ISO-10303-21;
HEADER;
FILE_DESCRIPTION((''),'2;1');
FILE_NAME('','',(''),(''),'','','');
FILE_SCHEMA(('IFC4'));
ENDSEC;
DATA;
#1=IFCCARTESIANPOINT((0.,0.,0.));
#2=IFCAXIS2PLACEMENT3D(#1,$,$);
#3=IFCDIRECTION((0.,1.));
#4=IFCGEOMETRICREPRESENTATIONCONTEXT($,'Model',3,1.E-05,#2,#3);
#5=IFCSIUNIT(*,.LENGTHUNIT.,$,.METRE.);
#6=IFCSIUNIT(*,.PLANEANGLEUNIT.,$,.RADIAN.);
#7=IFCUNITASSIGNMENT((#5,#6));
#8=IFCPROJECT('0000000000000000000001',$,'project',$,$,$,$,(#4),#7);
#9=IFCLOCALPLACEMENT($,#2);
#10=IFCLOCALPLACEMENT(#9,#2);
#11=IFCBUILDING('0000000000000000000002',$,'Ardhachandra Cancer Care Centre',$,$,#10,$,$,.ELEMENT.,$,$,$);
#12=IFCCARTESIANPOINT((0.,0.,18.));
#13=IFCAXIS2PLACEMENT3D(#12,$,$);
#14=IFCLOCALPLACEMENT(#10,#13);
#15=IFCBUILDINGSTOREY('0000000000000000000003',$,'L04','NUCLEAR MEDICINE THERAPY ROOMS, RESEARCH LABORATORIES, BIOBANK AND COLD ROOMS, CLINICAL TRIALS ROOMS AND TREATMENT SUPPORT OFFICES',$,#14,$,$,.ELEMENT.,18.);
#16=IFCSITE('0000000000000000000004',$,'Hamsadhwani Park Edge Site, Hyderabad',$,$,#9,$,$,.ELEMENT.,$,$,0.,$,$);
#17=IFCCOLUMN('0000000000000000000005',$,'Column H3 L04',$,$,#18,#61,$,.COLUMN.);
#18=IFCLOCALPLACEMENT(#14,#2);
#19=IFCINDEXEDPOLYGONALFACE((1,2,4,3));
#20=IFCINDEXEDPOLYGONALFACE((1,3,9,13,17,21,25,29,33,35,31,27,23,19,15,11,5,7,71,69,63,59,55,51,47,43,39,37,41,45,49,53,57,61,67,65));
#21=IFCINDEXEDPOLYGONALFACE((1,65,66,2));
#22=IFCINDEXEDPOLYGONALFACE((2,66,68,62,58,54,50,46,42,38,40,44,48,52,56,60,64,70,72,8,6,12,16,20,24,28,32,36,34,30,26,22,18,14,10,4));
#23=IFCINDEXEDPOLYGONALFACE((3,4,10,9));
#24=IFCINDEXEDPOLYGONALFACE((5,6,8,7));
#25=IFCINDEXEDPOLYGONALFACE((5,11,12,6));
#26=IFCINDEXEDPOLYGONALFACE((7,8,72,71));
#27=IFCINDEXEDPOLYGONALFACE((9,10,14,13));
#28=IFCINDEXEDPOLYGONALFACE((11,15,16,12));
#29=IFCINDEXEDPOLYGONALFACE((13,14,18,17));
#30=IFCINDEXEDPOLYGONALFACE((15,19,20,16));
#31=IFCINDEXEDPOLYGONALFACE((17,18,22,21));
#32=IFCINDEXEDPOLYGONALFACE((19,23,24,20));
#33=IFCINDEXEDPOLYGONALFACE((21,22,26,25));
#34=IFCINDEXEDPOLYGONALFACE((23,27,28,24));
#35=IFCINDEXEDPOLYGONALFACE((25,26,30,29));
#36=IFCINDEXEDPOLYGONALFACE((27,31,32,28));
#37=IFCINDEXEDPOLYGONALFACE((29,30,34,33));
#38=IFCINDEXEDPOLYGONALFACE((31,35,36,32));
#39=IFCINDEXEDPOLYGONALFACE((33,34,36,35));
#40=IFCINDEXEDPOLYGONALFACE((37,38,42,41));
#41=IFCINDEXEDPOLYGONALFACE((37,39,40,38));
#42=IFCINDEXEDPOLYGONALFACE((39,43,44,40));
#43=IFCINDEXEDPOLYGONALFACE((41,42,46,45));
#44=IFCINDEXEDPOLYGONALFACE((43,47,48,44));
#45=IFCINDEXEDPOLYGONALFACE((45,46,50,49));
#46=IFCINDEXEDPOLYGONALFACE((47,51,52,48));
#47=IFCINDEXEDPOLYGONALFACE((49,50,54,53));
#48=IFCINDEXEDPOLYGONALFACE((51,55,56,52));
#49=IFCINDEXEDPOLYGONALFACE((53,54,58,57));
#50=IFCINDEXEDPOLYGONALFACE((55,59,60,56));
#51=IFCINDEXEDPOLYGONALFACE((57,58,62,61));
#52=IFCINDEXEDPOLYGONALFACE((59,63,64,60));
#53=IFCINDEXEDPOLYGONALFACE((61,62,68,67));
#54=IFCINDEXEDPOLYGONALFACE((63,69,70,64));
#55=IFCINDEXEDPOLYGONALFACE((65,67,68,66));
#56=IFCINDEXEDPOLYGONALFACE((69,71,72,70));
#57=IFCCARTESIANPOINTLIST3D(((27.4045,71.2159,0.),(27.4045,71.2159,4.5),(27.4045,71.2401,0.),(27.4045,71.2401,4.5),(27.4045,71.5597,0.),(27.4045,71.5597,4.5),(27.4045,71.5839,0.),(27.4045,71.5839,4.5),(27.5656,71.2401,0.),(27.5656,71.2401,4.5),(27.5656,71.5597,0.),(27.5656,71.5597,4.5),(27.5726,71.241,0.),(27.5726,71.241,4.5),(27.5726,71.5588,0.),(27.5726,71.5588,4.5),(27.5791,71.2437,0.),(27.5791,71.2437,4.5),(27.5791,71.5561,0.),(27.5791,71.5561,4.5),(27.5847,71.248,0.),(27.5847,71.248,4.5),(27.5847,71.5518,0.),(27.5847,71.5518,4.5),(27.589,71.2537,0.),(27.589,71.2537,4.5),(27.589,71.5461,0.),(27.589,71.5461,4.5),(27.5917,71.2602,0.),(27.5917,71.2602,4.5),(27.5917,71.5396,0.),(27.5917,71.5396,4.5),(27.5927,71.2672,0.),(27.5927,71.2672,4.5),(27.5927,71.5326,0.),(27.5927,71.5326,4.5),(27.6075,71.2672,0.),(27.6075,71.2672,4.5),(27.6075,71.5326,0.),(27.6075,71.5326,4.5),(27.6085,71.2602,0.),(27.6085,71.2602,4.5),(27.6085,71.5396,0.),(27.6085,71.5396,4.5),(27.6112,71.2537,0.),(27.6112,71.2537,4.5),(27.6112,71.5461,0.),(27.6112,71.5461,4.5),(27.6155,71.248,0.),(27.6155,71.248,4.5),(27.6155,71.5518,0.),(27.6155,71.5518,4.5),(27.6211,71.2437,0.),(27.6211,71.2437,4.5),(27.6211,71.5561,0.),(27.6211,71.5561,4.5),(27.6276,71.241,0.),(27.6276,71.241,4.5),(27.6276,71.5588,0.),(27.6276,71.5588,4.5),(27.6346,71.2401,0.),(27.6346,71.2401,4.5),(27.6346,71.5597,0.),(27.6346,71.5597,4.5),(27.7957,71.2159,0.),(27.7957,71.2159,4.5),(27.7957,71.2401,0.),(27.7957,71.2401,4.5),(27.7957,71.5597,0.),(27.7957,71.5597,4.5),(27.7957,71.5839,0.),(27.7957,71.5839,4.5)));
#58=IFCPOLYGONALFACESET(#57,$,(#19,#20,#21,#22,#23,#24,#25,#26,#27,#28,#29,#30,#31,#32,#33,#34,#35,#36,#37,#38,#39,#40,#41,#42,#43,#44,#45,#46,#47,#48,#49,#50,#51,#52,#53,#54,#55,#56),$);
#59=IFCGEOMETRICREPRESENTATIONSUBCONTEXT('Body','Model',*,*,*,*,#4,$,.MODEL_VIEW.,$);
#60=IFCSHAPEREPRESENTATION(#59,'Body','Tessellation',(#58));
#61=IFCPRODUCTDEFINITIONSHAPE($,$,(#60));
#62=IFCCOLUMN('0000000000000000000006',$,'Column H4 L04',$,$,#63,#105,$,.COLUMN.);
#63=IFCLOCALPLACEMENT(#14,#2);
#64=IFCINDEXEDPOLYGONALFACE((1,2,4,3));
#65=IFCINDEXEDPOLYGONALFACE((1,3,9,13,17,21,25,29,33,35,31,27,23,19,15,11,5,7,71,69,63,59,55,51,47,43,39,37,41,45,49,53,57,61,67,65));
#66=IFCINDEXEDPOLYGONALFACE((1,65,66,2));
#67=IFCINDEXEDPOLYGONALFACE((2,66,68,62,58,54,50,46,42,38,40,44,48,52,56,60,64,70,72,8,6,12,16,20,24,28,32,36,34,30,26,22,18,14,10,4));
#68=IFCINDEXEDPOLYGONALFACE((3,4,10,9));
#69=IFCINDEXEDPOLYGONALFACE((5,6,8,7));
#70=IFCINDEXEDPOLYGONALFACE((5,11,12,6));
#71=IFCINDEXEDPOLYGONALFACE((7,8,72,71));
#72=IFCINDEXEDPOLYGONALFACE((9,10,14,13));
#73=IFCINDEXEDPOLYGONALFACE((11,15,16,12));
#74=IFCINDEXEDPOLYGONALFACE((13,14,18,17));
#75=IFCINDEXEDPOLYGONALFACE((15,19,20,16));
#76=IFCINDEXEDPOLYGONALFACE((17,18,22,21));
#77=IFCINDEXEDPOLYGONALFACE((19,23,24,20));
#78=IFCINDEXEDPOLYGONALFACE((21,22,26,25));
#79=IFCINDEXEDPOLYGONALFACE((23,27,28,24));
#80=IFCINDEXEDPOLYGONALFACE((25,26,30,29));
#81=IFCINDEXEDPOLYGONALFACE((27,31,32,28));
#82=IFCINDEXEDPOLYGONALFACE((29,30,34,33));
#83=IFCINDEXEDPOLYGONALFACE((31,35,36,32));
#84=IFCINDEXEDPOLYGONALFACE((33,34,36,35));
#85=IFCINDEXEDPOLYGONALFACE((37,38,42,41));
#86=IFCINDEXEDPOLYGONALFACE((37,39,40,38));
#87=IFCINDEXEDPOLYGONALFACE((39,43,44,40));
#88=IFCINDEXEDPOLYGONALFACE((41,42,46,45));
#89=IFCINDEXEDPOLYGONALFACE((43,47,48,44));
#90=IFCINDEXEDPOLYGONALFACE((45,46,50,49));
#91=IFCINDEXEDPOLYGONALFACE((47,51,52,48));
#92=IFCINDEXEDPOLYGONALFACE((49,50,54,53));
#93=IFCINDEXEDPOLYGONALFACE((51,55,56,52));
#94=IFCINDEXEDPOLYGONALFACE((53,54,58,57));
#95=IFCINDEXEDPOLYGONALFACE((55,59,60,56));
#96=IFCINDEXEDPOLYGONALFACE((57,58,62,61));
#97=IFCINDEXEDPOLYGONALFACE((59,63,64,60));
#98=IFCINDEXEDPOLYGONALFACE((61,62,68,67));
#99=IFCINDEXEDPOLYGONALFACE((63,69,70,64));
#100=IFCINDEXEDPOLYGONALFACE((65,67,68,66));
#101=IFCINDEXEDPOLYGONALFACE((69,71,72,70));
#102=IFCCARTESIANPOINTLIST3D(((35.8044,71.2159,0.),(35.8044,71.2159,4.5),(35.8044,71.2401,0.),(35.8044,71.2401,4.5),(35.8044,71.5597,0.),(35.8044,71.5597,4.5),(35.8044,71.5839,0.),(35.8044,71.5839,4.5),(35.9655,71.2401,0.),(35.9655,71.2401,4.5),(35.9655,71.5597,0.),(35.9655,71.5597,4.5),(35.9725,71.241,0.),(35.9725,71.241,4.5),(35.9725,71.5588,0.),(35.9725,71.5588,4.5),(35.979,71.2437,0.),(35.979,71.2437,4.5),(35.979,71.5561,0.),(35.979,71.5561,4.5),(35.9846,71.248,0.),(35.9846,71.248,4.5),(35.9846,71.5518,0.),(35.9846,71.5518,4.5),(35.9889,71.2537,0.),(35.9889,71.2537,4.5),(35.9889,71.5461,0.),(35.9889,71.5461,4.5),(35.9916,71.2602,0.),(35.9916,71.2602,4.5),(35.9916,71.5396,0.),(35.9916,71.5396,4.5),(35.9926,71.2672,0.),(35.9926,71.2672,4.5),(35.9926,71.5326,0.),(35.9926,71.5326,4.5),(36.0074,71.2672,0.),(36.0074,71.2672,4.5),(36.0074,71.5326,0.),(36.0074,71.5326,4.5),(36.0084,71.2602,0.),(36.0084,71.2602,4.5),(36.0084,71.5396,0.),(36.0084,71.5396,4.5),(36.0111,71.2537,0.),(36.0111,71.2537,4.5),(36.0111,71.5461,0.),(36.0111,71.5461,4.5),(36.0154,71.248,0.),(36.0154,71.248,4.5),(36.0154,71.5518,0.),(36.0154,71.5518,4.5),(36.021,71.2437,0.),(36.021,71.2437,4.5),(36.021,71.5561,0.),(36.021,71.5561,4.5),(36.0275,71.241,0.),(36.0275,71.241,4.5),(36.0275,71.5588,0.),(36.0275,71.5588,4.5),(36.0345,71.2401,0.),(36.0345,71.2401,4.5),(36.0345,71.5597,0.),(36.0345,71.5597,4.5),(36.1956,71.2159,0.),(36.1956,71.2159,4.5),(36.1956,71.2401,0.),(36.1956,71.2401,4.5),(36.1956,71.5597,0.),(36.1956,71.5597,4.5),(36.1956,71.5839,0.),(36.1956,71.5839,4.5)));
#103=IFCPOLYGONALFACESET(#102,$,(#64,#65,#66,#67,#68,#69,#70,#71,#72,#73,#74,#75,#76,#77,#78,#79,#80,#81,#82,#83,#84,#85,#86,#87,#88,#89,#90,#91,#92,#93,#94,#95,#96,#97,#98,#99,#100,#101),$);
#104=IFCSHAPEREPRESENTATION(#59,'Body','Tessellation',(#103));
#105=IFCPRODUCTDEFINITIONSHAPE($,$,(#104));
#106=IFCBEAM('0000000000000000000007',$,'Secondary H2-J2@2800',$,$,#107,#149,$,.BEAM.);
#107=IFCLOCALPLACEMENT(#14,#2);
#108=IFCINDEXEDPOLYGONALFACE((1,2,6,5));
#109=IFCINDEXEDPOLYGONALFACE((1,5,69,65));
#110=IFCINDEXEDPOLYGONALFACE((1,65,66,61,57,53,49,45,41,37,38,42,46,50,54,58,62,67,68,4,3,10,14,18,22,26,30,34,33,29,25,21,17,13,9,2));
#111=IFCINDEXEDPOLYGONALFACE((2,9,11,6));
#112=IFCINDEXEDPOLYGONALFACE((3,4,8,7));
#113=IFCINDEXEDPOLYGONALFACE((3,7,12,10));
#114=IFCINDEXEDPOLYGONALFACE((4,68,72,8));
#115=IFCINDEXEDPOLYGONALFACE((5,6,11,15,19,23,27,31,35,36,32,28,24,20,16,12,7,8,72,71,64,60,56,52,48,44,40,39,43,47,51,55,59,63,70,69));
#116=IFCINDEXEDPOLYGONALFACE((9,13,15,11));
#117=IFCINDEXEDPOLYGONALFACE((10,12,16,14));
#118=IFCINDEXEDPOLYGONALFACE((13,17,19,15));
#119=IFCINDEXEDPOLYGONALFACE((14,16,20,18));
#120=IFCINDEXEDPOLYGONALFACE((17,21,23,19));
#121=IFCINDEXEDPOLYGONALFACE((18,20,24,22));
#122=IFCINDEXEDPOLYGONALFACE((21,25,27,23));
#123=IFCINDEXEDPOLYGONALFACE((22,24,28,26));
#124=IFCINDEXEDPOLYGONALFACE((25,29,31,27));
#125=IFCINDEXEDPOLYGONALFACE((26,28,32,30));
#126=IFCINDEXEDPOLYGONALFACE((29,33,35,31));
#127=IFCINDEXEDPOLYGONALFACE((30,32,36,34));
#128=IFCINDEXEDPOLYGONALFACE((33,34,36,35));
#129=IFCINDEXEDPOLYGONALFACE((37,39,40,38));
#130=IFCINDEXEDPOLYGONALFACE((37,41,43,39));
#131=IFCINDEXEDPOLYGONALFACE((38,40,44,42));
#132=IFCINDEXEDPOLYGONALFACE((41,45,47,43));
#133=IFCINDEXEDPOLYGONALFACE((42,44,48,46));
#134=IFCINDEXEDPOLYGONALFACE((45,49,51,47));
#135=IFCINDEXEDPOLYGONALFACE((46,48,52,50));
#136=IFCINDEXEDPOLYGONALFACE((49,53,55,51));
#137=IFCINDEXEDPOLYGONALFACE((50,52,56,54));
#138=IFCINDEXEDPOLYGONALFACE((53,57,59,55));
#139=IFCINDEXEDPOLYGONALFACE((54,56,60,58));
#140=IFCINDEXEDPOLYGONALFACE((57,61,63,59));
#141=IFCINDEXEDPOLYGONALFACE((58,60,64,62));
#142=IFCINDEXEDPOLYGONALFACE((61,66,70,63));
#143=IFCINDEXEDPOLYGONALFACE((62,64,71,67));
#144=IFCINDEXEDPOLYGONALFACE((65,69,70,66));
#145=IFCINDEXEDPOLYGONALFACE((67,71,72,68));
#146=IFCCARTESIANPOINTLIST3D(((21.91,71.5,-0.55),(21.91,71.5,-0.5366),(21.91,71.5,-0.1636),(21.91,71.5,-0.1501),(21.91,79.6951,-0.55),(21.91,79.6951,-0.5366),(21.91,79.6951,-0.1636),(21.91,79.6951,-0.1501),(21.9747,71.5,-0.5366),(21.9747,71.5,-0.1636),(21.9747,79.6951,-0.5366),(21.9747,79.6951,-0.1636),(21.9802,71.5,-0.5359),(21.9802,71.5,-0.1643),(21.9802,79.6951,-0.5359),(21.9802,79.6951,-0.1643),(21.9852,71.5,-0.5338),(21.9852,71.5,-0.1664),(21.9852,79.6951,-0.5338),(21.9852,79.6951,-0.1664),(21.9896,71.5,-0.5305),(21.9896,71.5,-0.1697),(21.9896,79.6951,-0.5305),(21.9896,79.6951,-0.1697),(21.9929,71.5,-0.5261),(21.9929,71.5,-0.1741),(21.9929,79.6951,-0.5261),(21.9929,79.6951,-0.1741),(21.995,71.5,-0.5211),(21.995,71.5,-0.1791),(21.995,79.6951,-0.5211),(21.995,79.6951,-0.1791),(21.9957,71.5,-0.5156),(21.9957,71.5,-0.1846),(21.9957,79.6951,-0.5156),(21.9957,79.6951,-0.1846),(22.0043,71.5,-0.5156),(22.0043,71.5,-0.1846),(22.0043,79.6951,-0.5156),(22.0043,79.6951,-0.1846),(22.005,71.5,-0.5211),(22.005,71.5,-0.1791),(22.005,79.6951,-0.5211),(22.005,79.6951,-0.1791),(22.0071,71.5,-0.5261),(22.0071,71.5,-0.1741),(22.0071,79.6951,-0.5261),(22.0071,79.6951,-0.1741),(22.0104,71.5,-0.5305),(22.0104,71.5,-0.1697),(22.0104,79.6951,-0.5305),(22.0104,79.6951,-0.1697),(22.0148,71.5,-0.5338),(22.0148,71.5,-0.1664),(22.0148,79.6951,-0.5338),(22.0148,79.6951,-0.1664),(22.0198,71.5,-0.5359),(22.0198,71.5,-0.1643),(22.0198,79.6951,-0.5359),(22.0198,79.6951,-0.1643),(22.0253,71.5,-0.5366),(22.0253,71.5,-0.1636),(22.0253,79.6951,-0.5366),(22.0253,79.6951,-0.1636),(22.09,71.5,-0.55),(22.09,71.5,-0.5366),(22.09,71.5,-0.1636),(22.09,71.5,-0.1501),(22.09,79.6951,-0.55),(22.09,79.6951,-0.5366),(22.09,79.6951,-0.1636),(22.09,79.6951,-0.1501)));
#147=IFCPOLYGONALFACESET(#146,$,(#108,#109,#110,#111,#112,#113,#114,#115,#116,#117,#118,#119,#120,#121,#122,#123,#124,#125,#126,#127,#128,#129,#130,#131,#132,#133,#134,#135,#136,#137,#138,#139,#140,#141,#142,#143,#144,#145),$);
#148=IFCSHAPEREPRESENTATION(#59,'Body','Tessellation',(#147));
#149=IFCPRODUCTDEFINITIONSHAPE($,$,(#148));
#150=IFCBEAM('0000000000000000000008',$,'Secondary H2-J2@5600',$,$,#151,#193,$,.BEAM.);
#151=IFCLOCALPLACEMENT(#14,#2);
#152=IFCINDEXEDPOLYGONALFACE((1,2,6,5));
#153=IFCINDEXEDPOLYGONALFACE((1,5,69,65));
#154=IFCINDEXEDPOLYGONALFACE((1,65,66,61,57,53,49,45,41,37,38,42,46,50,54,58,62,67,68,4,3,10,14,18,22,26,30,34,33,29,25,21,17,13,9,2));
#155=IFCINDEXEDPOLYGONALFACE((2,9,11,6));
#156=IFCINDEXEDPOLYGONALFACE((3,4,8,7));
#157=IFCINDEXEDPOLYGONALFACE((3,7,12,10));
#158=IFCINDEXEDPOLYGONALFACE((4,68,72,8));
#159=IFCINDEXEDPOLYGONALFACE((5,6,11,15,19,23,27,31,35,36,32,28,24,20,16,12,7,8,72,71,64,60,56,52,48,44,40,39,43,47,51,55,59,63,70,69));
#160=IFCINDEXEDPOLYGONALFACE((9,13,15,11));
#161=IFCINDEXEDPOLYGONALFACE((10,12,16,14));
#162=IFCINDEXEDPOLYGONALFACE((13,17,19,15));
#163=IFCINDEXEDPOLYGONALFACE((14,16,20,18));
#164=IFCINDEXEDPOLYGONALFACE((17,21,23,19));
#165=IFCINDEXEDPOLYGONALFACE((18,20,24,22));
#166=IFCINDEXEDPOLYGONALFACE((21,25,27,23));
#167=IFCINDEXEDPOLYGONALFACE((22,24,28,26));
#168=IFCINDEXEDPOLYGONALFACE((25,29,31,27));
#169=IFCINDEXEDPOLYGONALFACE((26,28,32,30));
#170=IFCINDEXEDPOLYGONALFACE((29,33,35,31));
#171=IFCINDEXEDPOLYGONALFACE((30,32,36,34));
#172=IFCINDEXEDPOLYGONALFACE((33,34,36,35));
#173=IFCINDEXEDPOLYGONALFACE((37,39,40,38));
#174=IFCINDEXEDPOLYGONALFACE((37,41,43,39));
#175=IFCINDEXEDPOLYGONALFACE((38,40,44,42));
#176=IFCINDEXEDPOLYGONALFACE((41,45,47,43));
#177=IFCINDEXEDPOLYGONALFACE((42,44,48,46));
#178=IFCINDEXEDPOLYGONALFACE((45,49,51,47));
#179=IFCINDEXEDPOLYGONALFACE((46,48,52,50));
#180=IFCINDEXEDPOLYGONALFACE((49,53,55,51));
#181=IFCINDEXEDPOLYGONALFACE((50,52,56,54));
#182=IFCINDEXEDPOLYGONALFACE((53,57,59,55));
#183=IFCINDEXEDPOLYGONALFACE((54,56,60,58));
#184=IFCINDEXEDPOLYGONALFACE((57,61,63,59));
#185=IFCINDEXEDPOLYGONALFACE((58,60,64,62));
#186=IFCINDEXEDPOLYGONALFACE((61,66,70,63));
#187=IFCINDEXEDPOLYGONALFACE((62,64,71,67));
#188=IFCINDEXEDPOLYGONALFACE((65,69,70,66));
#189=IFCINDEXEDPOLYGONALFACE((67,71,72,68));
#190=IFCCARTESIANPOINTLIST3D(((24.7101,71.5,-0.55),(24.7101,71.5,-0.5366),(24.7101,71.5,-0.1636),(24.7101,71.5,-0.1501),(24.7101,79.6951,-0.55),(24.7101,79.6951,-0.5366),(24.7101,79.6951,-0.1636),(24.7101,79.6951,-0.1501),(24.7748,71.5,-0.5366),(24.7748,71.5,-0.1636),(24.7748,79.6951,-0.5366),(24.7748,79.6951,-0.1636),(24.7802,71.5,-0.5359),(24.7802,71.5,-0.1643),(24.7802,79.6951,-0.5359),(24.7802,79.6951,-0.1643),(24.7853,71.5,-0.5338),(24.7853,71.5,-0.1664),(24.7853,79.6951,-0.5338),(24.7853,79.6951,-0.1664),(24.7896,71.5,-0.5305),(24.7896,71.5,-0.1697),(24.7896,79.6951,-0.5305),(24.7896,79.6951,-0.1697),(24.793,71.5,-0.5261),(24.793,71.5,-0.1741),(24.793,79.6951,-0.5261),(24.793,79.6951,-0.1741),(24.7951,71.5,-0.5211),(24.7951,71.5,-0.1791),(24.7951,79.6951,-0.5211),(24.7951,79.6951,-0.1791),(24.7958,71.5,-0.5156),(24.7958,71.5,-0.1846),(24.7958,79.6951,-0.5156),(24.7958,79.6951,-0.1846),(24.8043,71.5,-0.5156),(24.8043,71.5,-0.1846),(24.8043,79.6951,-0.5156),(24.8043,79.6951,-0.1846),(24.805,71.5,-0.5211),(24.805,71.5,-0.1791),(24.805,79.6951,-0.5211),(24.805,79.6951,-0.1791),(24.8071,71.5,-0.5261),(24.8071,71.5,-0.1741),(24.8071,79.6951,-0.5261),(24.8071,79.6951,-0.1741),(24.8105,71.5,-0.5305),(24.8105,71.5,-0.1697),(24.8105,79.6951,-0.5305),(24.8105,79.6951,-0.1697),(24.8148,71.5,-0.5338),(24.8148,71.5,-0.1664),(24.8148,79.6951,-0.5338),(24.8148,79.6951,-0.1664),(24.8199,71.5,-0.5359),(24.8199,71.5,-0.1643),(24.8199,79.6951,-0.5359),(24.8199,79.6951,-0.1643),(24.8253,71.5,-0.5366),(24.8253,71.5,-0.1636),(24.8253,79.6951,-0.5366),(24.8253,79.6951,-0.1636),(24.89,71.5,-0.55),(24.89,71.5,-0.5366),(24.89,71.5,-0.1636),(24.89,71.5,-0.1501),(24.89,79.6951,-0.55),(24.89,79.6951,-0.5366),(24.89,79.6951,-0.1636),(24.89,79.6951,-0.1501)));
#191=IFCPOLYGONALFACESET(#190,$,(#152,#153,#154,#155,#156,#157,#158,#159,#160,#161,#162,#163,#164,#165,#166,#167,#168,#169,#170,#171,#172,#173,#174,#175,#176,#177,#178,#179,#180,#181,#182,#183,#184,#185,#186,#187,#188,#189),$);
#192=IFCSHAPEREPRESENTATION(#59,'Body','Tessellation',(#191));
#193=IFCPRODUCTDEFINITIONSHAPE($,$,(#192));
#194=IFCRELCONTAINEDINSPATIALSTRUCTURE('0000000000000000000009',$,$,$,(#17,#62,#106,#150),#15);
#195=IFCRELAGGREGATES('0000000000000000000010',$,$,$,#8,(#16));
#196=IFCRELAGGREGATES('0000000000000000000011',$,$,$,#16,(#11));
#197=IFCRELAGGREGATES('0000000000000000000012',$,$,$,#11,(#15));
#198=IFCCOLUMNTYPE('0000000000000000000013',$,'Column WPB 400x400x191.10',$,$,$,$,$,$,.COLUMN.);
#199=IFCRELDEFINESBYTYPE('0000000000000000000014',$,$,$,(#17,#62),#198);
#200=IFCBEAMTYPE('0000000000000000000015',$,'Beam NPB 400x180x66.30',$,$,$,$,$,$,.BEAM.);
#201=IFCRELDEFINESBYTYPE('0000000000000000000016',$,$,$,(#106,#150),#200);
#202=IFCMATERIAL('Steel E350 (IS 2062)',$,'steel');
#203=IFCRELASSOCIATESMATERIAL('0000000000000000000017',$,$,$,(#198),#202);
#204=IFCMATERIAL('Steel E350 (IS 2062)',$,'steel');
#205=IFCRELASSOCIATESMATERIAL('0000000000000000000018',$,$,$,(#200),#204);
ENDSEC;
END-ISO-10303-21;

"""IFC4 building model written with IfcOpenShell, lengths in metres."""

from ifc_helpers import new_model, si_unit, direction, frame, origin, origin_2d, place, context, subcontext, project, spatial, i_section, extrude, material, material_profile, profile_set, type_object, element, save


model = new_model("IFC4")

# Units and contexts
model_context = context("Model", 3, precision=1e-05, world=origin(), true_north=direction((0.0, 1.0)))
body_context = subcontext(model_context, "Body", "Model", "MODEL_VIEW")
ifc_project = project(units=[si_unit("LENGTHUNIT", "METRE"), si_unit("PLANEANGLEUNIT", "RADIAN")], contexts=[model_context])

# Site, building, storey
site_placement = place(None, origin())
site = spatial("IfcSite", under=ifc_project, at=site_placement, Name="Hamsadhwani Park Edge Site, Hyderabad", CompositionType="ELEMENT", RefElevation=0.0)
building_placement = place(site_placement, origin())
building = spatial("IfcBuilding", under=site, at=building_placement, Name="Ardhachandra Cancer Care Centre", CompositionType="ELEMENT")
storey_placement = place(building_placement, frame((0.0, 0.0, 18.0)))
storey = spatial("IfcBuildingStorey", under=building, at=storey_placement, Name="L04", Description="NUCLEAR MEDICINE THERAPY ROOMS, RESEARCH LABORATORIES, BIOBANK AND COLD ROOMS, CLINICAL TRIALS ROOMS AND TREATMENT SUPPORT OFFICES", CompositionType="ELEMENT", Elevation=18.0)

# Columns
ifc_material_1 = material(Name="Steel E350 (IS 2062)", Category="steel")
ifc_material_profile_1 = material_profile(ifc_material_1, i_section(OverallWidth=0.3911, OverallDepth=0.3679, WebThickness=0.0149, FlangeThickness=0.0242, FilletRadius=0.0271, at=origin_2d()), Name="WPB 400x400x191.10")
ifc_profile_set_1 = profile_set([ifc_material_profile_1], Name="Steel E350 (IS 2062)")
column_type = type_object("IfcColumnType", Name="Column WPB 400x400x191.10", PredefinedType="COLUMN", material=ifc_profile_set_1)
for number, where, z_axis, x_axis, name in (
    (1, (27.6001, 71.3999, 0.0), (0.0, 0.0, 1.0), (1.0, 0.0, 0.0), "Column H3 L04"),
    (2, (36.0, 71.3999, 0.0), (0.0, 0.0, 1.0), (1.0, 0.0, 0.0), "Column H4 L04"),
):
    element("IfcColumn", number, at=place(storey_placement, frame(where, z_axis=z_axis, x_axis=x_axis)), inside=storey, type_object=column_type, Name=name, PredefinedType="COLUMN", context=body_context, shape_type="SweptSolid", body=[
        extrude(i_section(OverallWidth=0.3911, OverallDepth=0.3679, WebThickness=0.0149, FlangeThickness=0.0242, FilletRadius=0.0271, at=origin_2d()), origin(), (0.0, 0.0, 1.0), 4.5),
    ])

# Beams
ifc_material_2 = material(Name="Steel E350 (IS 2062)", Category="steel")
ifc_material_profile_2 = material_profile(ifc_material_2, i_section(OverallWidth=0.1799, OverallDepth=0.3999, WebThickness=0.0085, FlangeThickness=0.0134, FilletRadius=0.021, at=origin_2d()), Name="NPB 400x180x66.30")
ifc_profile_set_2 = profile_set([ifc_material_profile_2], Name="Steel E350 (IS 2062)")
beam_type_1 = type_object("IfcBeamType", Name="Beam NPB 400x180x66.30", PredefinedType="BEAM", material=ifc_profile_set_2)
for number, where, z_axis, x_axis, name in (
    (3, (22.0, 71.5, -0.3501), (0.0, 1.0, 0.0), (-1.0, 0.0, 0.0), "Secondary H2-J2@2800"),
    (4, (24.8, 71.5, -0.3501), (0.0, 1.0, 0.0), (-1.0, 0.0, 0.0), "Secondary H2-J2@5600"),
):
    element("IfcBeam", number, at=place(storey_placement, frame(where, z_axis=z_axis, x_axis=x_axis)), inside=storey, type_object=beam_type_1, Name=name, PredefinedType="BEAM", context=body_context, shape_type="SweptSolid", body=[
        extrude(i_section(OverallWidth=0.1799, OverallDepth=0.3999, WebThickness=0.0085, FlangeThickness=0.0134, FilletRadius=0.021, at=origin_2d()), origin(), (0.0, 0.0, 1.0), 8.1951),
    ])

save(model, "model.ifc")
